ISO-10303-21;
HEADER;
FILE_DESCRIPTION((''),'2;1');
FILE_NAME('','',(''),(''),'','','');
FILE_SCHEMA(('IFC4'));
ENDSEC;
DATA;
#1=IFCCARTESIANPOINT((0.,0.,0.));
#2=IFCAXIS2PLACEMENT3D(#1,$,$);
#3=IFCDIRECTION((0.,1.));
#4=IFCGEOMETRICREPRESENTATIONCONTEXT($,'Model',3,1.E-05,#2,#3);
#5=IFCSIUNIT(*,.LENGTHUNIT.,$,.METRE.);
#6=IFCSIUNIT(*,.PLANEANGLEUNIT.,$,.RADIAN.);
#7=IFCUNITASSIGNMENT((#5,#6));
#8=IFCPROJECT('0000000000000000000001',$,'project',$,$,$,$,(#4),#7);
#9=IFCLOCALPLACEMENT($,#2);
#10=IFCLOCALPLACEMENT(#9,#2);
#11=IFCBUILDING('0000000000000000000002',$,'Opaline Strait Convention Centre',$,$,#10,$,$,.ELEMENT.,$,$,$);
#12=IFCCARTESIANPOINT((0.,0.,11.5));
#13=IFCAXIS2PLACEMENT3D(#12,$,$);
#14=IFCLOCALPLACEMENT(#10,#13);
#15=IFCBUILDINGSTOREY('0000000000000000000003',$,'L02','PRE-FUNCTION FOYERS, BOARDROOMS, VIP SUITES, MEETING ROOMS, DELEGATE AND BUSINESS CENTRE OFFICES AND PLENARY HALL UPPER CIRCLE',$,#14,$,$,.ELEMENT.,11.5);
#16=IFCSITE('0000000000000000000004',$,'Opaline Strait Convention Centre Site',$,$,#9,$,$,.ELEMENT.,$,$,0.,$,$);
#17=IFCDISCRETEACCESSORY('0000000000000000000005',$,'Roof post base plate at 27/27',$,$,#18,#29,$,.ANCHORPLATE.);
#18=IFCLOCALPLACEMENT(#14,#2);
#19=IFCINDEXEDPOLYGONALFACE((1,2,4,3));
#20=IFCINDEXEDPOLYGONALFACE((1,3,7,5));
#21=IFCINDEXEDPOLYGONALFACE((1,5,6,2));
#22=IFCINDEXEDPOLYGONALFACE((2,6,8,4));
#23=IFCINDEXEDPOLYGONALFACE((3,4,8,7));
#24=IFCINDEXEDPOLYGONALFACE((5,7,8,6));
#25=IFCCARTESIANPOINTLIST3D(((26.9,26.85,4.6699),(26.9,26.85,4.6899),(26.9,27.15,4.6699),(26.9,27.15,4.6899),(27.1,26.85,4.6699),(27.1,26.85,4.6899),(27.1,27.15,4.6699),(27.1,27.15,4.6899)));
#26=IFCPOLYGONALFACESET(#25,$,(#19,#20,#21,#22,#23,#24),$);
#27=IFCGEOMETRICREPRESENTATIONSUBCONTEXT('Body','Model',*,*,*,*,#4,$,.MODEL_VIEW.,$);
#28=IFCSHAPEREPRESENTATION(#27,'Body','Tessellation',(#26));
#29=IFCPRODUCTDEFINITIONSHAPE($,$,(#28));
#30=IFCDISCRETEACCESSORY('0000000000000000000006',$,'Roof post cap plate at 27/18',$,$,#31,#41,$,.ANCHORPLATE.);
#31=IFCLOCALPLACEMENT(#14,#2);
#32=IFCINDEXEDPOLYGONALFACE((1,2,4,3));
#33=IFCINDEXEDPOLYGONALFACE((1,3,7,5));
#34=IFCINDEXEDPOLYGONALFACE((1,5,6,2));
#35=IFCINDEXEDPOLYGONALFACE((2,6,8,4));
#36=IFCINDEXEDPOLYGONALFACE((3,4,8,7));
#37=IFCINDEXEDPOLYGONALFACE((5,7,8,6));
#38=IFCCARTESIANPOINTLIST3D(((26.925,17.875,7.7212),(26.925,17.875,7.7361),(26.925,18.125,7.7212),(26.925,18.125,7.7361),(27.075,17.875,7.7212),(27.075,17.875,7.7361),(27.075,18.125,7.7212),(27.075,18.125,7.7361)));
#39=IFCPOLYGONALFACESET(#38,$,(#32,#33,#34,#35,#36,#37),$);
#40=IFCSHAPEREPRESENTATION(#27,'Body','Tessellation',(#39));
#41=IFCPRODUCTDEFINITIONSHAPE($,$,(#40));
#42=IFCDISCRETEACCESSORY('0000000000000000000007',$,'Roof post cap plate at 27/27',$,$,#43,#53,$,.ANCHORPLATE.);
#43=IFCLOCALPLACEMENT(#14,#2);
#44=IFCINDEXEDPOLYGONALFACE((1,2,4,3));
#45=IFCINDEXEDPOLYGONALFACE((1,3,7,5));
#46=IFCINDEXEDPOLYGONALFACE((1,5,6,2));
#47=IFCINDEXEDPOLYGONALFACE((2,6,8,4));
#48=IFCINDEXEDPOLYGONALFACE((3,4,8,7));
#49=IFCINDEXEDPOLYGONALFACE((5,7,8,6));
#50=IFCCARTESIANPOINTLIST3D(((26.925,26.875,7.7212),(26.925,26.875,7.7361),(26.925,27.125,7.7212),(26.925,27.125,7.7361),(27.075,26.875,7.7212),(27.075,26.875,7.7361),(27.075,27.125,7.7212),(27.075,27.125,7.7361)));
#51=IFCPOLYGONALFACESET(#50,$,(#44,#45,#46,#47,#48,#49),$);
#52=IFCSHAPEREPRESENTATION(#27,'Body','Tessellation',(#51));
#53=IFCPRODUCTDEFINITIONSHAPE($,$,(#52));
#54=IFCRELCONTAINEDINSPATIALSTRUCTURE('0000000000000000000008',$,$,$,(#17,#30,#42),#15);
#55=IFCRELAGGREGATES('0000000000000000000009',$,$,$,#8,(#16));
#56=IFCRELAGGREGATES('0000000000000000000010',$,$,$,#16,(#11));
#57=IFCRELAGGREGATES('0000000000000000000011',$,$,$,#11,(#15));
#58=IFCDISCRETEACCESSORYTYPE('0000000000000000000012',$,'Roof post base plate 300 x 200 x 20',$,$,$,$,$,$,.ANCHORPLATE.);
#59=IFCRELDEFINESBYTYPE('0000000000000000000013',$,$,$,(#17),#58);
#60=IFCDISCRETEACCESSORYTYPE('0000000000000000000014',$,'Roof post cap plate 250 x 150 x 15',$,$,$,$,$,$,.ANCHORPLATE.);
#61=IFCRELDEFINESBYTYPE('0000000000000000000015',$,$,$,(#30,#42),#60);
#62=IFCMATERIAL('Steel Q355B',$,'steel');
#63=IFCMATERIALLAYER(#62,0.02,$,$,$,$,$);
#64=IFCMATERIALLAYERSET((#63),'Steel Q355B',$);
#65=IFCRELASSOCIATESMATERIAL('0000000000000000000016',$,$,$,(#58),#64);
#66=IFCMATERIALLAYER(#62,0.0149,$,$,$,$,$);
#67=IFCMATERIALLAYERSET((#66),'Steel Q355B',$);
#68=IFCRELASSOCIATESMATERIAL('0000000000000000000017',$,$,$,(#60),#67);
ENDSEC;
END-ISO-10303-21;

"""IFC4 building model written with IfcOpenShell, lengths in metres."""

from ifc_helpers import new_model, si_unit, direction, frame, origin, origin_2d, place, context, subcontext, project, spatial, rectangle, extrude, material, layer, layer_set, type_object, element, save


model = new_model("IFC4")

# Units and contexts
model_context = context("Model", 3, precision=1e-05, world=origin(), true_north=direction((0.0, 1.0)))
body_context = subcontext(model_context, "Body", "Model", "MODEL_VIEW")
ifc_project = project(units=[si_unit("LENGTHUNIT", "METRE"), si_unit("PLANEANGLEUNIT", "RADIAN")], contexts=[model_context])

# Site, building, storey
site_placement = place(None, origin())
site = spatial("IfcSite", under=ifc_project, at=site_placement, Name="Opaline Strait Convention Centre Site", CompositionType="ELEMENT", RefElevation=0.0)
building_placement = place(site_placement, origin())
building = spatial("IfcBuilding", under=site, at=building_placement, Name="Opaline Strait Convention Centre", CompositionType="ELEMENT")
storey_placement = place(building_placement, frame((0.0, 0.0, 11.5)))
storey = spatial("IfcBuildingStorey", under=building, at=storey_placement, Name="L02", Description="PRE-FUNCTION FOYERS, BOARDROOMS, VIP SUITES, MEETING ROOMS, DELEGATE AND BUSINESS CENTRE OFFICES AND PLENARY HALL UPPER CIRCLE", CompositionType="ELEMENT", Elevation=11.5)

# Shared definitions
ifc_material_1 = material(Name="Steel Q355B", Category="steel")

# Discrete accessories
ifc_layer_1 = layer(ifc_material_1, 0.02)
ifc_layer_set_1 = layer_set([ifc_layer_1], Name="Steel Q355B")
discrete_accessory_type_1 = type_object("IfcDiscreteAccessoryType", Name="Roof post base plate 300 x 200 x 20", PredefinedType="ANCHORPLATE", material=ifc_layer_set_1)
discrete_accessory_placement = place(storey_placement, frame((27.0, 27.0, 4.6699), z_axis=(0.0, 0.0, 1.0), x_axis=(1.0, 0.0, 0.0)))
element("IfcDiscreteAccessory", 1, at=discrete_accessory_placement, inside=storey, type_object=discrete_accessory_type_1, Name="Roof post base plate at 27/27", PredefinedType="ANCHORPLATE", context=body_context, shape_type="SweptSolid", body=[
    extrude(rectangle(XDim=0.2, YDim=0.3, at=origin_2d()), origin(), (0.0, 0.0, 1.0), 0.02),
])
ifc_layer_2 = layer(ifc_material_1, 0.0149)
ifc_layer_set_2 = layer_set([ifc_layer_2], Name="Steel Q355B")
discrete_accessory_type_2 = type_object("IfcDiscreteAccessoryType", Name="Roof post cap plate 250 x 150 x 15", PredefinedType="ANCHORPLATE", material=ifc_layer_set_2)
for number, where, z_axis, x_axis, name in (
    (2, (27.0, 18.0, 7.7212), (0.0, 0.0, 1.0), (1.0, 0.0, 0.0), "Roof post cap plate at 27/18"),
    (3, (27.0, 27.0, 7.7212), (0.0, 0.0, 1.0), (1.0, 0.0, 0.0), "Roof post cap plate at 27/27"),
):
    element("IfcDiscreteAccessory", number, at=place(storey_placement, frame(where, z_axis=z_axis, x_axis=x_axis)), inside=storey, type_object=discrete_accessory_type_2, Name=name, PredefinedType="ANCHORPLATE", context=body_context, shape_type="SweptSolid", body=[
        extrude(rectangle(XDim=0.1499, YDim=0.25, at=origin_2d()), origin(), (0.0, 0.0, 1.0), 0.0149),
    ])

save(model, "model.ifc")
